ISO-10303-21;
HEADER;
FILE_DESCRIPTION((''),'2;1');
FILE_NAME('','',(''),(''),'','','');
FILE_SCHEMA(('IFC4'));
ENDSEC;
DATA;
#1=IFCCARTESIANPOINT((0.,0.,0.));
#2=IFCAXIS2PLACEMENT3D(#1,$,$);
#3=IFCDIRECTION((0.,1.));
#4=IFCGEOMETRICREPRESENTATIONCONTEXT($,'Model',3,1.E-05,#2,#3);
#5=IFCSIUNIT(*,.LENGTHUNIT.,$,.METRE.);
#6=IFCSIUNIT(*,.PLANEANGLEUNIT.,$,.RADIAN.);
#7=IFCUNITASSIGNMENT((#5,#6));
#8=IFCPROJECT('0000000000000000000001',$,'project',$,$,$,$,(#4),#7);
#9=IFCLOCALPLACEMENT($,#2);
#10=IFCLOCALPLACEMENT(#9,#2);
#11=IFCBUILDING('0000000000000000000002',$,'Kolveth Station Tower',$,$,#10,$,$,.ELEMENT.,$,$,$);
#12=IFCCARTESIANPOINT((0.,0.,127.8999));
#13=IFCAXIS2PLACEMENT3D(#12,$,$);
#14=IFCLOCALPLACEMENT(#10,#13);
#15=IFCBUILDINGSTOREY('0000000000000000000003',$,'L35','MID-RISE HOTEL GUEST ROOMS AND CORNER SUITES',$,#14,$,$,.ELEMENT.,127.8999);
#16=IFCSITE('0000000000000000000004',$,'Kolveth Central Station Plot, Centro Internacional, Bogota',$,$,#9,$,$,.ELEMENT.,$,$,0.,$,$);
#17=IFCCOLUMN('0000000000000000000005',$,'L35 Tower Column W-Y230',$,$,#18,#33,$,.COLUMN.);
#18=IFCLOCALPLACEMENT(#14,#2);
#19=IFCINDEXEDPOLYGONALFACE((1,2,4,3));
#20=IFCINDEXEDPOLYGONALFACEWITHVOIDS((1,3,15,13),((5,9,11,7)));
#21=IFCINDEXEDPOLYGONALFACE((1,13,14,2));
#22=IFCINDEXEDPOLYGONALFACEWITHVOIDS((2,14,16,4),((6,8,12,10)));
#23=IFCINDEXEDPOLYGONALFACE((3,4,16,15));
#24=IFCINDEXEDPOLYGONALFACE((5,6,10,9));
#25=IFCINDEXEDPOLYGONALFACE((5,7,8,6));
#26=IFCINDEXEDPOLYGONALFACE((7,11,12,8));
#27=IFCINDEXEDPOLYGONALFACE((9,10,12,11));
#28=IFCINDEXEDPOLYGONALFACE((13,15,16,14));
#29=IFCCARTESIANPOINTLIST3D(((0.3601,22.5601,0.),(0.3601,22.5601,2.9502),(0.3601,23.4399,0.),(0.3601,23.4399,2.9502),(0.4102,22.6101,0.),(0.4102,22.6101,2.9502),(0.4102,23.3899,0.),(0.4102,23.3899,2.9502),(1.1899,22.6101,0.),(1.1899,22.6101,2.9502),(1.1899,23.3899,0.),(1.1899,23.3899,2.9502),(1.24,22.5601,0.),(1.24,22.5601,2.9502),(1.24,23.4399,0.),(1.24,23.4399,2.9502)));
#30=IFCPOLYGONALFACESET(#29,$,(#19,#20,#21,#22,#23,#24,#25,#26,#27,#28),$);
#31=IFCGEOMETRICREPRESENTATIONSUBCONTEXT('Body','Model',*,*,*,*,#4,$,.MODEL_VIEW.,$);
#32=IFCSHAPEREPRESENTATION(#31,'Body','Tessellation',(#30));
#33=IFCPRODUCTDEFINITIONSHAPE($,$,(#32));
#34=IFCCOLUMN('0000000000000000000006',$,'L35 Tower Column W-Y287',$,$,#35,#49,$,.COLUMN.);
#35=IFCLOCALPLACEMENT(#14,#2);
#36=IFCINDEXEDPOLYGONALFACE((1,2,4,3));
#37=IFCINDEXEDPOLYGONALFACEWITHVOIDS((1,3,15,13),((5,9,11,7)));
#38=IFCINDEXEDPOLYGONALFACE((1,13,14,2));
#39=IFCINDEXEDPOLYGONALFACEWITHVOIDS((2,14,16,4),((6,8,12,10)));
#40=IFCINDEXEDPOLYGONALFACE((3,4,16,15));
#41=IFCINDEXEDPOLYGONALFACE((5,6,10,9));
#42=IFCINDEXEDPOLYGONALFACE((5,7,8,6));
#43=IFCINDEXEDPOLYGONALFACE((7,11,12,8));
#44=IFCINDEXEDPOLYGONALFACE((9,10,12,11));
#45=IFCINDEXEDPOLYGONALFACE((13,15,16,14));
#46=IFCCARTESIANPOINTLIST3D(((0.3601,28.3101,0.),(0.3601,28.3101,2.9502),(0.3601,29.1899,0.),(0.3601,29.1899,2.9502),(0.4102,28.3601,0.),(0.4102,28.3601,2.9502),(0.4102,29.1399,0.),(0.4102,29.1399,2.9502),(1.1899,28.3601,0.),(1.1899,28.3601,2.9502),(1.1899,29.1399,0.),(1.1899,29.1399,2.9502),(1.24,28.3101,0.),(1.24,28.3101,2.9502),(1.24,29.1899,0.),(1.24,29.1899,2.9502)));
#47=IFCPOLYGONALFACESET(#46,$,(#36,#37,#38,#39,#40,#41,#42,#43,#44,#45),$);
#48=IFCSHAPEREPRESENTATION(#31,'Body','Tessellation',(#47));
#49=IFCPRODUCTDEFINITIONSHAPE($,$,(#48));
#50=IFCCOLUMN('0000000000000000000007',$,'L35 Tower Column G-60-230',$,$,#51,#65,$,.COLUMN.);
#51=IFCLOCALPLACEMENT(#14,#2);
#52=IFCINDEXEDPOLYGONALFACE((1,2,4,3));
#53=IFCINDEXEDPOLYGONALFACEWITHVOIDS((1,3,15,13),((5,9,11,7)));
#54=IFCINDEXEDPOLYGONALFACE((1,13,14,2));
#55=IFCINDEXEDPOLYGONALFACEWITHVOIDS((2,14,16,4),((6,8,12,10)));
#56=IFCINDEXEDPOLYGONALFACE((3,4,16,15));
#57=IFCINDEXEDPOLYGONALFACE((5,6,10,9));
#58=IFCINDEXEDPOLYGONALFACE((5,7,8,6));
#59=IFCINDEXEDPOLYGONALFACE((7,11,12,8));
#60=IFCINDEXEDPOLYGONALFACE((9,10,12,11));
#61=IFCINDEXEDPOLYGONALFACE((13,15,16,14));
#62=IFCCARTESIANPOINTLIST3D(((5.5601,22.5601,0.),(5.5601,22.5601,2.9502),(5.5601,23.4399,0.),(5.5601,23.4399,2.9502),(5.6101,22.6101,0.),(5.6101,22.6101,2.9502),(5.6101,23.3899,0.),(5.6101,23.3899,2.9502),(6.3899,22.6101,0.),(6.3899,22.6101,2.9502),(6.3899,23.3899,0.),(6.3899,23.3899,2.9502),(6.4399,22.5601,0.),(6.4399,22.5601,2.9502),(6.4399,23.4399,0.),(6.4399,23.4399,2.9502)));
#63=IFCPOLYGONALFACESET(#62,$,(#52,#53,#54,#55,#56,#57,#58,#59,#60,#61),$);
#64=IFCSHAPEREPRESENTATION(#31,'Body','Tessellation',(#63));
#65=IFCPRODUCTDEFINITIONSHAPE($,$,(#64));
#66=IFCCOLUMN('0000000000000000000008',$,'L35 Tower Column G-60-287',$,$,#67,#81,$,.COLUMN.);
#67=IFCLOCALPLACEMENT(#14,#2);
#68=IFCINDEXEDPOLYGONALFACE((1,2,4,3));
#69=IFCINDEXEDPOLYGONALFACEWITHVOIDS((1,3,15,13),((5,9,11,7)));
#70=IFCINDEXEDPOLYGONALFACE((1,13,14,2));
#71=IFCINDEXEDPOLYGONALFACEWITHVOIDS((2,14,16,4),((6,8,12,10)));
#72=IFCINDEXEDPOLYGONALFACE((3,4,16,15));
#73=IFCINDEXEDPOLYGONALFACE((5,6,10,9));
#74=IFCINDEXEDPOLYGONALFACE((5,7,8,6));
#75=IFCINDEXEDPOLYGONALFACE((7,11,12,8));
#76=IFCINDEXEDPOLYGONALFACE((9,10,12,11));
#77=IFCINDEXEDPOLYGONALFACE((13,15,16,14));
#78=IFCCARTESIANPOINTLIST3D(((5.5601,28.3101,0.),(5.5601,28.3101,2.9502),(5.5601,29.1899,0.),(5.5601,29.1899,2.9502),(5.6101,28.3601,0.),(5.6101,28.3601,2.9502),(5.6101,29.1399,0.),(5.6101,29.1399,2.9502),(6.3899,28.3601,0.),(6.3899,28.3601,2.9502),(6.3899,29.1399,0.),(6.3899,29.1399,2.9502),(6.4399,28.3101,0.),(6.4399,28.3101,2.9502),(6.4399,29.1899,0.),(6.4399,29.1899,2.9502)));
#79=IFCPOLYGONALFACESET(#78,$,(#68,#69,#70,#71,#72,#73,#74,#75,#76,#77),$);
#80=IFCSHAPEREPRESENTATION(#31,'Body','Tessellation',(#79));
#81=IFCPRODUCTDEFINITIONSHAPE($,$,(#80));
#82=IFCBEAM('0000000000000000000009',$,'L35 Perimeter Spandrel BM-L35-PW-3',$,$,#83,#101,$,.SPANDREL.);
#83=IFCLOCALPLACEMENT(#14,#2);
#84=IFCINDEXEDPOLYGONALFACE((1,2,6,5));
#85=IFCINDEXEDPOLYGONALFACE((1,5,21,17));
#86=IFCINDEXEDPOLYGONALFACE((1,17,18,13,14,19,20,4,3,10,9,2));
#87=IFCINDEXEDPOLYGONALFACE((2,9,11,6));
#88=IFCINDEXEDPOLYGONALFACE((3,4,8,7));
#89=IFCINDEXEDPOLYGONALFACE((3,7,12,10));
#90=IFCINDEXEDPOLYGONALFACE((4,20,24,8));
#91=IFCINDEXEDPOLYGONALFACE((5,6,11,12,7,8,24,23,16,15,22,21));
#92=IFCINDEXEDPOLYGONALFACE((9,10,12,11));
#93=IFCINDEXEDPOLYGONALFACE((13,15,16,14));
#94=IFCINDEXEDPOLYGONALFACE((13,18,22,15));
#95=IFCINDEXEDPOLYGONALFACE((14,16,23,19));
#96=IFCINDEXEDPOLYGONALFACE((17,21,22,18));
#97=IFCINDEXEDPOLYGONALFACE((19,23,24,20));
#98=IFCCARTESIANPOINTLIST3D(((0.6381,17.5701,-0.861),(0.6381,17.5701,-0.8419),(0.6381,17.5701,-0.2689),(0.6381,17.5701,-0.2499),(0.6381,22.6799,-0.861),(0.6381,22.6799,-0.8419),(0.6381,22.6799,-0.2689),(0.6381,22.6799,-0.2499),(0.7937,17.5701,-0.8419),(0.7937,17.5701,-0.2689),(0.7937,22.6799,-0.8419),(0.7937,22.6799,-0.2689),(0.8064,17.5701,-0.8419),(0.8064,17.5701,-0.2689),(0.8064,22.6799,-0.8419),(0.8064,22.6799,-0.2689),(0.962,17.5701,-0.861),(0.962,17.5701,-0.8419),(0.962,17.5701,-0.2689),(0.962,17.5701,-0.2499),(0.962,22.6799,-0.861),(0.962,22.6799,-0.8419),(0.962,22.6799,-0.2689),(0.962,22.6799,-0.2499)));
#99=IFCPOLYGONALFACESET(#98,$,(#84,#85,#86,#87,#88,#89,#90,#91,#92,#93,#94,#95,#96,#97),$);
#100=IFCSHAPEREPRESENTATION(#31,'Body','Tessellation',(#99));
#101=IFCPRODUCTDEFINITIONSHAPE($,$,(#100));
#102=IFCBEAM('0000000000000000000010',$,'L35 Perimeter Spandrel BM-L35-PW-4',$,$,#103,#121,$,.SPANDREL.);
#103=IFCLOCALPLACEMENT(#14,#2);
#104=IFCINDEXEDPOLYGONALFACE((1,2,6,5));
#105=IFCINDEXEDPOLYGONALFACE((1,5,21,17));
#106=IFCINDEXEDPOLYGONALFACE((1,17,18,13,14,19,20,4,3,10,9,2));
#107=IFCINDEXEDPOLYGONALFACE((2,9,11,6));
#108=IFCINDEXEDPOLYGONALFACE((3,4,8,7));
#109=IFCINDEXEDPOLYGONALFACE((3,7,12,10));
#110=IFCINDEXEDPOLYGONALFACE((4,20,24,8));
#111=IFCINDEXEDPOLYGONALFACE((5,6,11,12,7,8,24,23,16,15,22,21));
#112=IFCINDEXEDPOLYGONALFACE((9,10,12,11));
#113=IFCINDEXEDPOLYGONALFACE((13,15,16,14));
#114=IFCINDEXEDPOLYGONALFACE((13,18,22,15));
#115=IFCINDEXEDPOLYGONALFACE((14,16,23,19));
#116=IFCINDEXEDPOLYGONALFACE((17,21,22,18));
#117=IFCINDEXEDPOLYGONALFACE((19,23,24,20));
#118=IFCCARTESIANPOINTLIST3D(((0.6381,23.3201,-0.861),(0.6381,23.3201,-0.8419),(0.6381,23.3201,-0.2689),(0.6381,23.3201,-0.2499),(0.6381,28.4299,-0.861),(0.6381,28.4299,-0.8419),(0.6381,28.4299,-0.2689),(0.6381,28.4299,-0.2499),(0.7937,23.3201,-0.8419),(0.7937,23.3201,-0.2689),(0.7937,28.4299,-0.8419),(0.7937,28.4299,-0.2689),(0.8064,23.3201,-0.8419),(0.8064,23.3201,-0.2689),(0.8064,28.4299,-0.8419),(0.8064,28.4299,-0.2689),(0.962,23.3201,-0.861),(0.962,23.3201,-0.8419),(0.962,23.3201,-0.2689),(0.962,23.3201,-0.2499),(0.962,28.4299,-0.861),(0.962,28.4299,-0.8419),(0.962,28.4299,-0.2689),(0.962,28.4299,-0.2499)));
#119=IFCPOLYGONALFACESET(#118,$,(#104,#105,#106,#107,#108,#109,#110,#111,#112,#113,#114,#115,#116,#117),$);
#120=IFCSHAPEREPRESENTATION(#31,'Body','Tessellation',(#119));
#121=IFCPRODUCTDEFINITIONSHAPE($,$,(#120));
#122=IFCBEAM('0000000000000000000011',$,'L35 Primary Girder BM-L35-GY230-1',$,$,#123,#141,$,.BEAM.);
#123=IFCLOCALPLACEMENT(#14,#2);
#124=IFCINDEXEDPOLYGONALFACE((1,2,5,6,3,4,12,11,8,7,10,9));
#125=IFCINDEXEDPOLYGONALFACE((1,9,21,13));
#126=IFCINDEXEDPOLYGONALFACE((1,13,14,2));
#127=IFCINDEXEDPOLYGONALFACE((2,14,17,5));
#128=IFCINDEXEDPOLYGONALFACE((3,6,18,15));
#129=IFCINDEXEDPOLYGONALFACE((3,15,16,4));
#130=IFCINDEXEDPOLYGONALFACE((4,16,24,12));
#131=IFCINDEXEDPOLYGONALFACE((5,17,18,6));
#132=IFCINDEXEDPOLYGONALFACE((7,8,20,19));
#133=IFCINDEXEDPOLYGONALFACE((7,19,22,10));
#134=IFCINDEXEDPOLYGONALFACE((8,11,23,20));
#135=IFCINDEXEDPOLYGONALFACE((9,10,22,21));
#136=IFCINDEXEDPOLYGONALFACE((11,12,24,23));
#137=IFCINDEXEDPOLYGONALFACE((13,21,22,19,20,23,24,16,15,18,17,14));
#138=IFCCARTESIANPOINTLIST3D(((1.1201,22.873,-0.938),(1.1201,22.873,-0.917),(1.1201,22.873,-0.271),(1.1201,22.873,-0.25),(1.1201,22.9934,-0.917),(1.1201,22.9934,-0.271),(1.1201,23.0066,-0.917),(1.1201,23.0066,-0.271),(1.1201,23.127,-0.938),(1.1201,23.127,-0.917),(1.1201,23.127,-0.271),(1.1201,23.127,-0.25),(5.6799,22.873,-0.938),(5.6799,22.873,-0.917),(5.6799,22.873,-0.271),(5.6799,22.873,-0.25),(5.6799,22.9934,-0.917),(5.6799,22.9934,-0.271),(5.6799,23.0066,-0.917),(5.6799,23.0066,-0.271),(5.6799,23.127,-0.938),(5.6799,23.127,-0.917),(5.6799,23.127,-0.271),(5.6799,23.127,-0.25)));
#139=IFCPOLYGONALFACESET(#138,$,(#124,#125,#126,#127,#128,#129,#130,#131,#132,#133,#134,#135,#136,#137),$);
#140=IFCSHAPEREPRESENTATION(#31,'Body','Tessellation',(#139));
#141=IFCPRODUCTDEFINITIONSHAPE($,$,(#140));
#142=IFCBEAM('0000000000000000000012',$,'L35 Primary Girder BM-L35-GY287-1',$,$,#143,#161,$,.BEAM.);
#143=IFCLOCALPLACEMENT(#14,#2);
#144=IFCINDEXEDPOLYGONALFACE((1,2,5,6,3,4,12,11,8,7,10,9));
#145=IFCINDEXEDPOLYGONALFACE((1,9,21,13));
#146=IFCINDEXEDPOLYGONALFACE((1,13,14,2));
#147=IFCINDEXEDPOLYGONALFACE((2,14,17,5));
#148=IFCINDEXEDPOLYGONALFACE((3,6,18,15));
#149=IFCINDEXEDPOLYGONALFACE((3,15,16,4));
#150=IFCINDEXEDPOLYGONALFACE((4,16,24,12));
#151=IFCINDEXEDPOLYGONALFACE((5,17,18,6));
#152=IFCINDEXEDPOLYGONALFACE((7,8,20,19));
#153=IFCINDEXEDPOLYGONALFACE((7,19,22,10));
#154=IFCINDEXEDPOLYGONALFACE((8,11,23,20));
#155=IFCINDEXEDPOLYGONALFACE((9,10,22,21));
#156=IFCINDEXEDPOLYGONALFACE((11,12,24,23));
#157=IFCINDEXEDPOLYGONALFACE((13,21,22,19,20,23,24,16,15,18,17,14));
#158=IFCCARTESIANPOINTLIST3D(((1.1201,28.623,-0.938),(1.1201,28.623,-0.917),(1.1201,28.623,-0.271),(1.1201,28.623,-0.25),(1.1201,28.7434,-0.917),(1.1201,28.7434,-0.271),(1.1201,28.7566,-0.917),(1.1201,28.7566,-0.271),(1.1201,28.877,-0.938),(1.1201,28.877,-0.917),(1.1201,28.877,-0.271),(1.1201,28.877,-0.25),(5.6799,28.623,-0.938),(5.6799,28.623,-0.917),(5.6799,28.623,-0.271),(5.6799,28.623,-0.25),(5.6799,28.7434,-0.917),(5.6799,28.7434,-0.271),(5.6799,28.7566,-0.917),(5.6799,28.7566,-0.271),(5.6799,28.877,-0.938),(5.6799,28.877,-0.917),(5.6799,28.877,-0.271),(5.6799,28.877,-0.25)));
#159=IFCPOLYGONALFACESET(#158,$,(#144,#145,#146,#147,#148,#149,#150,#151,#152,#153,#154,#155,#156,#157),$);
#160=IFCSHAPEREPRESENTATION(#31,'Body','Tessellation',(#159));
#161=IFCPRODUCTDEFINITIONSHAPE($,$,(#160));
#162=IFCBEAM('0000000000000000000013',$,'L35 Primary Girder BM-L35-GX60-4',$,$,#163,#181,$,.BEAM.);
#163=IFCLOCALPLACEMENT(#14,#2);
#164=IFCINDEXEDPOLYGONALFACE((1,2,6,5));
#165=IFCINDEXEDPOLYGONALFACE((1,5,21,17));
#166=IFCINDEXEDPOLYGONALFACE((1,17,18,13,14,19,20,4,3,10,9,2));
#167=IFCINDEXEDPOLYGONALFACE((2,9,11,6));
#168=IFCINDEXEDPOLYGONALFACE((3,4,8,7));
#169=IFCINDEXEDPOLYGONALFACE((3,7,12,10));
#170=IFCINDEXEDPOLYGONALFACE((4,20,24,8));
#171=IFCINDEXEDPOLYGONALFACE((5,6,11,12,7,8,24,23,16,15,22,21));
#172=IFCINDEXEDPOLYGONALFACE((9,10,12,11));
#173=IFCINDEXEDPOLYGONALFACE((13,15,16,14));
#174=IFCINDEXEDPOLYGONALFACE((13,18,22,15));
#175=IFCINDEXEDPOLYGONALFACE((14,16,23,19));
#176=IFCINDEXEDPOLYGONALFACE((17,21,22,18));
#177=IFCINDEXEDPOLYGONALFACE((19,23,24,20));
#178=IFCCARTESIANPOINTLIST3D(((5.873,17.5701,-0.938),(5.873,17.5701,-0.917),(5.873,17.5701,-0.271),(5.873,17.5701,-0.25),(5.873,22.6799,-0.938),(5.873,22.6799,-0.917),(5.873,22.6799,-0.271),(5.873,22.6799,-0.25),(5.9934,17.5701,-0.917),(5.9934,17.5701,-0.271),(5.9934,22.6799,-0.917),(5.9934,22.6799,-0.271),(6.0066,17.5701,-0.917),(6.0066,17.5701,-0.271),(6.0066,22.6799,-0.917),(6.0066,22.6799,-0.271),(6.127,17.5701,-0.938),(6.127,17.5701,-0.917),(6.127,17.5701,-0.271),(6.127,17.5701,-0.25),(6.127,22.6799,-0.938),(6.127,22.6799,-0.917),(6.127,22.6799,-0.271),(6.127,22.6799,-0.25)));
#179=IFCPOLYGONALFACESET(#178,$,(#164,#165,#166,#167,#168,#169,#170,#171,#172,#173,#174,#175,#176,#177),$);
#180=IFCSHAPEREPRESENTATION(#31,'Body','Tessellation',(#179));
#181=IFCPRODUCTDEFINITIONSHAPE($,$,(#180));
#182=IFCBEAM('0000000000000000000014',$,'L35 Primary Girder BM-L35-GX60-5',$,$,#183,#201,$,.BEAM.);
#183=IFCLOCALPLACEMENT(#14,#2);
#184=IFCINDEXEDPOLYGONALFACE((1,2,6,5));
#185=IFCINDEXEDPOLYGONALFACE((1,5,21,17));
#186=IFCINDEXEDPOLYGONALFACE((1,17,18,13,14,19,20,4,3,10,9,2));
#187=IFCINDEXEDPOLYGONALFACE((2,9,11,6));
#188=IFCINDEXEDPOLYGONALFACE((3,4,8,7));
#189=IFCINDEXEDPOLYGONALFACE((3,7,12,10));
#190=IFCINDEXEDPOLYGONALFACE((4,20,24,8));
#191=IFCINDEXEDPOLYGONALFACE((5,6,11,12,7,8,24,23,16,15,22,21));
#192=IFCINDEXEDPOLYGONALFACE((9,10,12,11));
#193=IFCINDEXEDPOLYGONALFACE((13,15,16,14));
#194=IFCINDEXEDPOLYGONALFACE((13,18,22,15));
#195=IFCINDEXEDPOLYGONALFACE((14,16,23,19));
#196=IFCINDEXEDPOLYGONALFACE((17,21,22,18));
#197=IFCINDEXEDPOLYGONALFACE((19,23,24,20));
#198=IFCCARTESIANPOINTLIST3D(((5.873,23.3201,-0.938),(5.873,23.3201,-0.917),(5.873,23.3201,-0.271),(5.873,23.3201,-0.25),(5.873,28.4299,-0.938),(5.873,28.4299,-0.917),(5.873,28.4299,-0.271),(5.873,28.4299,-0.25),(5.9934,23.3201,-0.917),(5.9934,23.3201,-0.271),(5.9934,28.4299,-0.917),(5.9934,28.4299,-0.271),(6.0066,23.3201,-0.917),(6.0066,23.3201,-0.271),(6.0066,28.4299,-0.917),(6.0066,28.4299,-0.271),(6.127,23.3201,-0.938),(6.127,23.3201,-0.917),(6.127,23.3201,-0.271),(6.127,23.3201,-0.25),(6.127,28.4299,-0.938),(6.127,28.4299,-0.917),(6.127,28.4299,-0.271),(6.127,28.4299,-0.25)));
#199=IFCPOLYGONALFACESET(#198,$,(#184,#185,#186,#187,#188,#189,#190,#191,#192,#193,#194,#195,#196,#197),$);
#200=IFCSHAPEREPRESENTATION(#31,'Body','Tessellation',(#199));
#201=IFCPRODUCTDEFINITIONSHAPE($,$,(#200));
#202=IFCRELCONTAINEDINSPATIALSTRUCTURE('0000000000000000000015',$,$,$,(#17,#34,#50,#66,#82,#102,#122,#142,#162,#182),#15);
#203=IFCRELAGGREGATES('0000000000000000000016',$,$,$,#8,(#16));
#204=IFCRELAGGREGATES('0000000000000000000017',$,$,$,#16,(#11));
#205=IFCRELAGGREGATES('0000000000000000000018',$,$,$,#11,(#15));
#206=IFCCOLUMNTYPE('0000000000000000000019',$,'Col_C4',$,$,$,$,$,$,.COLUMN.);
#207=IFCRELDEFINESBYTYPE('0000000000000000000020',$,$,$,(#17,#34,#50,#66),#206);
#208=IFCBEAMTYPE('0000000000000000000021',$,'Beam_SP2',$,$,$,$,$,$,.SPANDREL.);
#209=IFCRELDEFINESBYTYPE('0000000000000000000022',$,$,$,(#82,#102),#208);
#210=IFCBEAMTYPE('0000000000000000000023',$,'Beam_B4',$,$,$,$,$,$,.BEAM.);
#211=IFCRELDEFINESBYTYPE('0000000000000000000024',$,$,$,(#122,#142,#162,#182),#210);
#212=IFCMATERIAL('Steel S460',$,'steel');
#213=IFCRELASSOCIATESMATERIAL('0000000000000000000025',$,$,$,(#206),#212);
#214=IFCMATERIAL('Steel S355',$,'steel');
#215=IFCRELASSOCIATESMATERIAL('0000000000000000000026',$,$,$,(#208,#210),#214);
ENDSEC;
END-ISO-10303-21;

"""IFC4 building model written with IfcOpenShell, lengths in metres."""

from ifc_helpers import new_model, si_unit, direction, frame, origin, origin_2d, place, context, subcontext, project, spatial, hollow_rectangle, i_section, extrude, source, transform, mapped, material, material_profile, profile_set, type_object, element, save


model = new_model("IFC4")

# Units and contexts
model_context = context("Model", 3, precision=1e-05, world=origin(), true_north=direction((0.0, 1.0)))
body_context = subcontext(model_context, "Body", "Model", "MODEL_VIEW")
ifc_project = project(units=[si_unit("LENGTHUNIT", "METRE"), si_unit("PLANEANGLEUNIT", "RADIAN")], contexts=[model_context])

# Site, building, storey
site_placement = place(None, origin())
site = spatial("IfcSite", under=ifc_project, at=site_placement, Name="Kolveth Central Station Plot, Centro Internacional, Bogota", CompositionType="ELEMENT", RefElevation=0.0)
building_placement = place(site_placement, origin())
building = spatial("IfcBuilding", under=site, at=building_placement, Name="Kolveth Station Tower", CompositionType="ELEMENT")
storey_placement = place(building_placement, frame((0.0, 0.0, 127.8999)))
storey = spatial("IfcBuildingStorey", under=building, at=storey_placement, Name="L35", Description="MID-RISE HOTEL GUEST ROOMS AND CORNER SUITES", CompositionType="ELEMENT", Elevation=127.8999)

# Columns
ifc_material_1 = material(Name="Steel S460", Category="steel")
ifc_material_profile_1 = material_profile(ifc_material_1, hollow_rectangle(XDim=0.8799, YDim=0.8799, WallThickness=0.05, at=origin_2d()), Name="BOX880x880x50")
ifc_profile_set_1 = profile_set([ifc_material_profile_1], Name="Steel S460")
column_type = type_object("IfcColumnType", Name="Col_C4", PredefinedType="COLUMN", material=ifc_profile_set_1)
shared_shape_1 = source(origin(), body_context, "Body", "SweptSolid", [
    extrude(hollow_rectangle(XDim=0.8799, YDim=0.8799, WallThickness=0.05, at=origin_2d()), origin(), (0.0, 0.0, 1.0), 2.9502),
])
for number, where, z_axis, x_axis, name in (
    (1, (0.8, 23.0, 0.0), (0.0, 0.0, 1.0), (1.0, 0.0, 0.0), "L35 Tower Column W-Y230"),
    (2, (0.8, 28.75, 0.0), (0.0, 0.0, 1.0), (1.0, 0.0, 0.0), "L35 Tower Column W-Y287"),
    (3, (6.0, 23.0, 0.0), (0.0, 0.0, 1.0), (1.0, 0.0, 0.0), "L35 Tower Column G-60-230"),
    (4, (6.0, 28.75, 0.0), (0.0, 0.0, 1.0), (1.0, 0.0, 0.0), "L35 Tower Column G-60-287"),
):
    element("IfcColumn", number, at=place(storey_placement, frame(where, z_axis=z_axis, x_axis=x_axis)), inside=storey, type_object=column_type, Name=name, PredefinedType="COLUMN", context=body_context, shape_type="MappedRepresentation", body=[
        mapped(shared_shape_1, transform((0.0, 0.0, 0.0), x_axis=(1.0, 0.0, 0.0), y_axis=(0.0, 1.0, 0.0), z_axis=(0.0, 0.0, 1.0), scale=1.0)),
    ])

# Beams
ifc_material_2 = material(Name="Steel S355", Category="steel")
ifc_material_profile_2 = material_profile(ifc_material_2, i_section(OverallWidth=0.324, OverallDepth=0.6111, WebThickness=0.0127, FlangeThickness=0.019, at=origin_2d()), Name="W610x155")
ifc_profile_set_2 = profile_set([ifc_material_profile_2], Name="Steel S355")
beam_type_1 = type_object("IfcBeamType", Name="Beam_SP2", PredefinedType="SPANDREL", material=ifc_profile_set_2)
shared_shape_2 = source(origin(), body_context, "Body", "SweptSolid", [
    extrude(i_section(OverallWidth=0.324, OverallDepth=0.6111, WebThickness=0.0127, FlangeThickness=0.019, at=origin_2d()), origin(), (0.0, 0.0, 1.0), 5.1099),
])
for number, where, z_axis, x_axis, name in (
    (5, (0.8, 17.5701, -0.5554), (0.0, 1.0, 0.0), (-1.0, 0.0, 0.0), "L35 Perimeter Spandrel BM-L35-PW-3"),
    (6, (0.8, 23.3201, -0.5554), (0.0, 1.0, 0.0), (-1.0, 0.0, 0.0), "L35 Perimeter Spandrel BM-L35-PW-4"),
):
    element("IfcBeam", number, at=place(storey_placement, frame(where, z_axis=z_axis, x_axis=x_axis)), inside=storey, type_object=beam_type_1, Name=name, PredefinedType="SPANDREL", context=body_context, shape_type="MappedRepresentation", body=[
        mapped(shared_shape_2, transform((0.0, 0.0, 0.0), x_axis=(1.0, 0.0, 0.0), y_axis=(0.0, 1.0, 0.0), z_axis=(0.0, 0.0, 1.0), scale=1.0)),
    ])
ifc_material_profile_3 = material_profile(ifc_material_2, i_section(OverallWidth=0.2539, OverallDepth=0.688, WebThickness=0.0132, FlangeThickness=0.021, at=origin_2d()), Name="W690x152")
ifc_profile_set_3 = profile_set([ifc_material_profile_3], Name="Steel S355")
beam_type_2 = type_object("IfcBeamType", Name="Beam_B4", PredefinedType="BEAM", material=ifc_profile_set_3)
shared_shape_3 = source(origin(), body_context, "Body", "SweptSolid", [
    extrude(i_section(OverallWidth=0.2539, OverallDepth=0.688, WebThickness=0.0132, FlangeThickness=0.021, at=origin_2d()), origin(), (0.0, 0.0, 1.0), 4.5598),
])
for number, where, z_axis, x_axis, name in (
    (7, (1.1201, 23.0, -0.594), (1.0, 0.0, 0.0), (0.0, 1.0, 0.0), "L35 Primary Girder BM-L35-GY230-1"),
    (8, (1.1201, 28.75, -0.594), (1.0, 0.0, 0.0), (0.0, 1.0, 0.0), "L35 Primary Girder BM-L35-GY287-1"),
):
    element("IfcBeam", number, at=place(storey_placement, frame(where, z_axis=z_axis, x_axis=x_axis)), inside=storey, type_object=beam_type_2, Name=name, PredefinedType="BEAM", context=body_context, shape_type="MappedRepresentation", body=[
        mapped(shared_shape_3, transform((0.0, 0.0, 0.0), x_axis=(1.0, 0.0, 0.0), y_axis=(0.0, 1.0, 0.0), z_axis=(0.0, 0.0, 1.0), scale=1.0)),
    ])
shared_shape_4 = source(origin(), body_context, "Body", "SweptSolid", [
    extrude(i_section(OverallWidth=0.2539, OverallDepth=0.688, WebThickness=0.0132, FlangeThickness=0.021, at=origin_2d()), origin(), (0.0, 0.0, 1.0), 5.1099),
])
for number, where, z_axis, x_axis, name in (
    (9, (6.0, 17.5701, -0.594), (0.0, 1.0, 0.0), (-1.0, 0.0, 0.0), "L35 Primary Girder BM-L35-GX60-4"),
    (10, (6.0, 23.3201, -0.594), (0.0, 1.0, 0.0), (-1.0, 0.0, 0.0), "L35 Primary Girder BM-L35-GX60-5"),
):
    element("IfcBeam", number, at=place(storey_placement, frame(where, z_axis=z_axis, x_axis=x_axis)), inside=storey, type_object=beam_type_2, Name=name, PredefinedType="BEAM", context=body_context, shape_type="MappedRepresentation", body=[
        mapped(shared_shape_4, transform((0.0, 0.0, 0.0), x_axis=(1.0, 0.0, 0.0), y_axis=(0.0, 1.0, 0.0), z_axis=(0.0, 0.0, 1.0), scale=1.0)),
    ])

save(model, "model.ifc")
